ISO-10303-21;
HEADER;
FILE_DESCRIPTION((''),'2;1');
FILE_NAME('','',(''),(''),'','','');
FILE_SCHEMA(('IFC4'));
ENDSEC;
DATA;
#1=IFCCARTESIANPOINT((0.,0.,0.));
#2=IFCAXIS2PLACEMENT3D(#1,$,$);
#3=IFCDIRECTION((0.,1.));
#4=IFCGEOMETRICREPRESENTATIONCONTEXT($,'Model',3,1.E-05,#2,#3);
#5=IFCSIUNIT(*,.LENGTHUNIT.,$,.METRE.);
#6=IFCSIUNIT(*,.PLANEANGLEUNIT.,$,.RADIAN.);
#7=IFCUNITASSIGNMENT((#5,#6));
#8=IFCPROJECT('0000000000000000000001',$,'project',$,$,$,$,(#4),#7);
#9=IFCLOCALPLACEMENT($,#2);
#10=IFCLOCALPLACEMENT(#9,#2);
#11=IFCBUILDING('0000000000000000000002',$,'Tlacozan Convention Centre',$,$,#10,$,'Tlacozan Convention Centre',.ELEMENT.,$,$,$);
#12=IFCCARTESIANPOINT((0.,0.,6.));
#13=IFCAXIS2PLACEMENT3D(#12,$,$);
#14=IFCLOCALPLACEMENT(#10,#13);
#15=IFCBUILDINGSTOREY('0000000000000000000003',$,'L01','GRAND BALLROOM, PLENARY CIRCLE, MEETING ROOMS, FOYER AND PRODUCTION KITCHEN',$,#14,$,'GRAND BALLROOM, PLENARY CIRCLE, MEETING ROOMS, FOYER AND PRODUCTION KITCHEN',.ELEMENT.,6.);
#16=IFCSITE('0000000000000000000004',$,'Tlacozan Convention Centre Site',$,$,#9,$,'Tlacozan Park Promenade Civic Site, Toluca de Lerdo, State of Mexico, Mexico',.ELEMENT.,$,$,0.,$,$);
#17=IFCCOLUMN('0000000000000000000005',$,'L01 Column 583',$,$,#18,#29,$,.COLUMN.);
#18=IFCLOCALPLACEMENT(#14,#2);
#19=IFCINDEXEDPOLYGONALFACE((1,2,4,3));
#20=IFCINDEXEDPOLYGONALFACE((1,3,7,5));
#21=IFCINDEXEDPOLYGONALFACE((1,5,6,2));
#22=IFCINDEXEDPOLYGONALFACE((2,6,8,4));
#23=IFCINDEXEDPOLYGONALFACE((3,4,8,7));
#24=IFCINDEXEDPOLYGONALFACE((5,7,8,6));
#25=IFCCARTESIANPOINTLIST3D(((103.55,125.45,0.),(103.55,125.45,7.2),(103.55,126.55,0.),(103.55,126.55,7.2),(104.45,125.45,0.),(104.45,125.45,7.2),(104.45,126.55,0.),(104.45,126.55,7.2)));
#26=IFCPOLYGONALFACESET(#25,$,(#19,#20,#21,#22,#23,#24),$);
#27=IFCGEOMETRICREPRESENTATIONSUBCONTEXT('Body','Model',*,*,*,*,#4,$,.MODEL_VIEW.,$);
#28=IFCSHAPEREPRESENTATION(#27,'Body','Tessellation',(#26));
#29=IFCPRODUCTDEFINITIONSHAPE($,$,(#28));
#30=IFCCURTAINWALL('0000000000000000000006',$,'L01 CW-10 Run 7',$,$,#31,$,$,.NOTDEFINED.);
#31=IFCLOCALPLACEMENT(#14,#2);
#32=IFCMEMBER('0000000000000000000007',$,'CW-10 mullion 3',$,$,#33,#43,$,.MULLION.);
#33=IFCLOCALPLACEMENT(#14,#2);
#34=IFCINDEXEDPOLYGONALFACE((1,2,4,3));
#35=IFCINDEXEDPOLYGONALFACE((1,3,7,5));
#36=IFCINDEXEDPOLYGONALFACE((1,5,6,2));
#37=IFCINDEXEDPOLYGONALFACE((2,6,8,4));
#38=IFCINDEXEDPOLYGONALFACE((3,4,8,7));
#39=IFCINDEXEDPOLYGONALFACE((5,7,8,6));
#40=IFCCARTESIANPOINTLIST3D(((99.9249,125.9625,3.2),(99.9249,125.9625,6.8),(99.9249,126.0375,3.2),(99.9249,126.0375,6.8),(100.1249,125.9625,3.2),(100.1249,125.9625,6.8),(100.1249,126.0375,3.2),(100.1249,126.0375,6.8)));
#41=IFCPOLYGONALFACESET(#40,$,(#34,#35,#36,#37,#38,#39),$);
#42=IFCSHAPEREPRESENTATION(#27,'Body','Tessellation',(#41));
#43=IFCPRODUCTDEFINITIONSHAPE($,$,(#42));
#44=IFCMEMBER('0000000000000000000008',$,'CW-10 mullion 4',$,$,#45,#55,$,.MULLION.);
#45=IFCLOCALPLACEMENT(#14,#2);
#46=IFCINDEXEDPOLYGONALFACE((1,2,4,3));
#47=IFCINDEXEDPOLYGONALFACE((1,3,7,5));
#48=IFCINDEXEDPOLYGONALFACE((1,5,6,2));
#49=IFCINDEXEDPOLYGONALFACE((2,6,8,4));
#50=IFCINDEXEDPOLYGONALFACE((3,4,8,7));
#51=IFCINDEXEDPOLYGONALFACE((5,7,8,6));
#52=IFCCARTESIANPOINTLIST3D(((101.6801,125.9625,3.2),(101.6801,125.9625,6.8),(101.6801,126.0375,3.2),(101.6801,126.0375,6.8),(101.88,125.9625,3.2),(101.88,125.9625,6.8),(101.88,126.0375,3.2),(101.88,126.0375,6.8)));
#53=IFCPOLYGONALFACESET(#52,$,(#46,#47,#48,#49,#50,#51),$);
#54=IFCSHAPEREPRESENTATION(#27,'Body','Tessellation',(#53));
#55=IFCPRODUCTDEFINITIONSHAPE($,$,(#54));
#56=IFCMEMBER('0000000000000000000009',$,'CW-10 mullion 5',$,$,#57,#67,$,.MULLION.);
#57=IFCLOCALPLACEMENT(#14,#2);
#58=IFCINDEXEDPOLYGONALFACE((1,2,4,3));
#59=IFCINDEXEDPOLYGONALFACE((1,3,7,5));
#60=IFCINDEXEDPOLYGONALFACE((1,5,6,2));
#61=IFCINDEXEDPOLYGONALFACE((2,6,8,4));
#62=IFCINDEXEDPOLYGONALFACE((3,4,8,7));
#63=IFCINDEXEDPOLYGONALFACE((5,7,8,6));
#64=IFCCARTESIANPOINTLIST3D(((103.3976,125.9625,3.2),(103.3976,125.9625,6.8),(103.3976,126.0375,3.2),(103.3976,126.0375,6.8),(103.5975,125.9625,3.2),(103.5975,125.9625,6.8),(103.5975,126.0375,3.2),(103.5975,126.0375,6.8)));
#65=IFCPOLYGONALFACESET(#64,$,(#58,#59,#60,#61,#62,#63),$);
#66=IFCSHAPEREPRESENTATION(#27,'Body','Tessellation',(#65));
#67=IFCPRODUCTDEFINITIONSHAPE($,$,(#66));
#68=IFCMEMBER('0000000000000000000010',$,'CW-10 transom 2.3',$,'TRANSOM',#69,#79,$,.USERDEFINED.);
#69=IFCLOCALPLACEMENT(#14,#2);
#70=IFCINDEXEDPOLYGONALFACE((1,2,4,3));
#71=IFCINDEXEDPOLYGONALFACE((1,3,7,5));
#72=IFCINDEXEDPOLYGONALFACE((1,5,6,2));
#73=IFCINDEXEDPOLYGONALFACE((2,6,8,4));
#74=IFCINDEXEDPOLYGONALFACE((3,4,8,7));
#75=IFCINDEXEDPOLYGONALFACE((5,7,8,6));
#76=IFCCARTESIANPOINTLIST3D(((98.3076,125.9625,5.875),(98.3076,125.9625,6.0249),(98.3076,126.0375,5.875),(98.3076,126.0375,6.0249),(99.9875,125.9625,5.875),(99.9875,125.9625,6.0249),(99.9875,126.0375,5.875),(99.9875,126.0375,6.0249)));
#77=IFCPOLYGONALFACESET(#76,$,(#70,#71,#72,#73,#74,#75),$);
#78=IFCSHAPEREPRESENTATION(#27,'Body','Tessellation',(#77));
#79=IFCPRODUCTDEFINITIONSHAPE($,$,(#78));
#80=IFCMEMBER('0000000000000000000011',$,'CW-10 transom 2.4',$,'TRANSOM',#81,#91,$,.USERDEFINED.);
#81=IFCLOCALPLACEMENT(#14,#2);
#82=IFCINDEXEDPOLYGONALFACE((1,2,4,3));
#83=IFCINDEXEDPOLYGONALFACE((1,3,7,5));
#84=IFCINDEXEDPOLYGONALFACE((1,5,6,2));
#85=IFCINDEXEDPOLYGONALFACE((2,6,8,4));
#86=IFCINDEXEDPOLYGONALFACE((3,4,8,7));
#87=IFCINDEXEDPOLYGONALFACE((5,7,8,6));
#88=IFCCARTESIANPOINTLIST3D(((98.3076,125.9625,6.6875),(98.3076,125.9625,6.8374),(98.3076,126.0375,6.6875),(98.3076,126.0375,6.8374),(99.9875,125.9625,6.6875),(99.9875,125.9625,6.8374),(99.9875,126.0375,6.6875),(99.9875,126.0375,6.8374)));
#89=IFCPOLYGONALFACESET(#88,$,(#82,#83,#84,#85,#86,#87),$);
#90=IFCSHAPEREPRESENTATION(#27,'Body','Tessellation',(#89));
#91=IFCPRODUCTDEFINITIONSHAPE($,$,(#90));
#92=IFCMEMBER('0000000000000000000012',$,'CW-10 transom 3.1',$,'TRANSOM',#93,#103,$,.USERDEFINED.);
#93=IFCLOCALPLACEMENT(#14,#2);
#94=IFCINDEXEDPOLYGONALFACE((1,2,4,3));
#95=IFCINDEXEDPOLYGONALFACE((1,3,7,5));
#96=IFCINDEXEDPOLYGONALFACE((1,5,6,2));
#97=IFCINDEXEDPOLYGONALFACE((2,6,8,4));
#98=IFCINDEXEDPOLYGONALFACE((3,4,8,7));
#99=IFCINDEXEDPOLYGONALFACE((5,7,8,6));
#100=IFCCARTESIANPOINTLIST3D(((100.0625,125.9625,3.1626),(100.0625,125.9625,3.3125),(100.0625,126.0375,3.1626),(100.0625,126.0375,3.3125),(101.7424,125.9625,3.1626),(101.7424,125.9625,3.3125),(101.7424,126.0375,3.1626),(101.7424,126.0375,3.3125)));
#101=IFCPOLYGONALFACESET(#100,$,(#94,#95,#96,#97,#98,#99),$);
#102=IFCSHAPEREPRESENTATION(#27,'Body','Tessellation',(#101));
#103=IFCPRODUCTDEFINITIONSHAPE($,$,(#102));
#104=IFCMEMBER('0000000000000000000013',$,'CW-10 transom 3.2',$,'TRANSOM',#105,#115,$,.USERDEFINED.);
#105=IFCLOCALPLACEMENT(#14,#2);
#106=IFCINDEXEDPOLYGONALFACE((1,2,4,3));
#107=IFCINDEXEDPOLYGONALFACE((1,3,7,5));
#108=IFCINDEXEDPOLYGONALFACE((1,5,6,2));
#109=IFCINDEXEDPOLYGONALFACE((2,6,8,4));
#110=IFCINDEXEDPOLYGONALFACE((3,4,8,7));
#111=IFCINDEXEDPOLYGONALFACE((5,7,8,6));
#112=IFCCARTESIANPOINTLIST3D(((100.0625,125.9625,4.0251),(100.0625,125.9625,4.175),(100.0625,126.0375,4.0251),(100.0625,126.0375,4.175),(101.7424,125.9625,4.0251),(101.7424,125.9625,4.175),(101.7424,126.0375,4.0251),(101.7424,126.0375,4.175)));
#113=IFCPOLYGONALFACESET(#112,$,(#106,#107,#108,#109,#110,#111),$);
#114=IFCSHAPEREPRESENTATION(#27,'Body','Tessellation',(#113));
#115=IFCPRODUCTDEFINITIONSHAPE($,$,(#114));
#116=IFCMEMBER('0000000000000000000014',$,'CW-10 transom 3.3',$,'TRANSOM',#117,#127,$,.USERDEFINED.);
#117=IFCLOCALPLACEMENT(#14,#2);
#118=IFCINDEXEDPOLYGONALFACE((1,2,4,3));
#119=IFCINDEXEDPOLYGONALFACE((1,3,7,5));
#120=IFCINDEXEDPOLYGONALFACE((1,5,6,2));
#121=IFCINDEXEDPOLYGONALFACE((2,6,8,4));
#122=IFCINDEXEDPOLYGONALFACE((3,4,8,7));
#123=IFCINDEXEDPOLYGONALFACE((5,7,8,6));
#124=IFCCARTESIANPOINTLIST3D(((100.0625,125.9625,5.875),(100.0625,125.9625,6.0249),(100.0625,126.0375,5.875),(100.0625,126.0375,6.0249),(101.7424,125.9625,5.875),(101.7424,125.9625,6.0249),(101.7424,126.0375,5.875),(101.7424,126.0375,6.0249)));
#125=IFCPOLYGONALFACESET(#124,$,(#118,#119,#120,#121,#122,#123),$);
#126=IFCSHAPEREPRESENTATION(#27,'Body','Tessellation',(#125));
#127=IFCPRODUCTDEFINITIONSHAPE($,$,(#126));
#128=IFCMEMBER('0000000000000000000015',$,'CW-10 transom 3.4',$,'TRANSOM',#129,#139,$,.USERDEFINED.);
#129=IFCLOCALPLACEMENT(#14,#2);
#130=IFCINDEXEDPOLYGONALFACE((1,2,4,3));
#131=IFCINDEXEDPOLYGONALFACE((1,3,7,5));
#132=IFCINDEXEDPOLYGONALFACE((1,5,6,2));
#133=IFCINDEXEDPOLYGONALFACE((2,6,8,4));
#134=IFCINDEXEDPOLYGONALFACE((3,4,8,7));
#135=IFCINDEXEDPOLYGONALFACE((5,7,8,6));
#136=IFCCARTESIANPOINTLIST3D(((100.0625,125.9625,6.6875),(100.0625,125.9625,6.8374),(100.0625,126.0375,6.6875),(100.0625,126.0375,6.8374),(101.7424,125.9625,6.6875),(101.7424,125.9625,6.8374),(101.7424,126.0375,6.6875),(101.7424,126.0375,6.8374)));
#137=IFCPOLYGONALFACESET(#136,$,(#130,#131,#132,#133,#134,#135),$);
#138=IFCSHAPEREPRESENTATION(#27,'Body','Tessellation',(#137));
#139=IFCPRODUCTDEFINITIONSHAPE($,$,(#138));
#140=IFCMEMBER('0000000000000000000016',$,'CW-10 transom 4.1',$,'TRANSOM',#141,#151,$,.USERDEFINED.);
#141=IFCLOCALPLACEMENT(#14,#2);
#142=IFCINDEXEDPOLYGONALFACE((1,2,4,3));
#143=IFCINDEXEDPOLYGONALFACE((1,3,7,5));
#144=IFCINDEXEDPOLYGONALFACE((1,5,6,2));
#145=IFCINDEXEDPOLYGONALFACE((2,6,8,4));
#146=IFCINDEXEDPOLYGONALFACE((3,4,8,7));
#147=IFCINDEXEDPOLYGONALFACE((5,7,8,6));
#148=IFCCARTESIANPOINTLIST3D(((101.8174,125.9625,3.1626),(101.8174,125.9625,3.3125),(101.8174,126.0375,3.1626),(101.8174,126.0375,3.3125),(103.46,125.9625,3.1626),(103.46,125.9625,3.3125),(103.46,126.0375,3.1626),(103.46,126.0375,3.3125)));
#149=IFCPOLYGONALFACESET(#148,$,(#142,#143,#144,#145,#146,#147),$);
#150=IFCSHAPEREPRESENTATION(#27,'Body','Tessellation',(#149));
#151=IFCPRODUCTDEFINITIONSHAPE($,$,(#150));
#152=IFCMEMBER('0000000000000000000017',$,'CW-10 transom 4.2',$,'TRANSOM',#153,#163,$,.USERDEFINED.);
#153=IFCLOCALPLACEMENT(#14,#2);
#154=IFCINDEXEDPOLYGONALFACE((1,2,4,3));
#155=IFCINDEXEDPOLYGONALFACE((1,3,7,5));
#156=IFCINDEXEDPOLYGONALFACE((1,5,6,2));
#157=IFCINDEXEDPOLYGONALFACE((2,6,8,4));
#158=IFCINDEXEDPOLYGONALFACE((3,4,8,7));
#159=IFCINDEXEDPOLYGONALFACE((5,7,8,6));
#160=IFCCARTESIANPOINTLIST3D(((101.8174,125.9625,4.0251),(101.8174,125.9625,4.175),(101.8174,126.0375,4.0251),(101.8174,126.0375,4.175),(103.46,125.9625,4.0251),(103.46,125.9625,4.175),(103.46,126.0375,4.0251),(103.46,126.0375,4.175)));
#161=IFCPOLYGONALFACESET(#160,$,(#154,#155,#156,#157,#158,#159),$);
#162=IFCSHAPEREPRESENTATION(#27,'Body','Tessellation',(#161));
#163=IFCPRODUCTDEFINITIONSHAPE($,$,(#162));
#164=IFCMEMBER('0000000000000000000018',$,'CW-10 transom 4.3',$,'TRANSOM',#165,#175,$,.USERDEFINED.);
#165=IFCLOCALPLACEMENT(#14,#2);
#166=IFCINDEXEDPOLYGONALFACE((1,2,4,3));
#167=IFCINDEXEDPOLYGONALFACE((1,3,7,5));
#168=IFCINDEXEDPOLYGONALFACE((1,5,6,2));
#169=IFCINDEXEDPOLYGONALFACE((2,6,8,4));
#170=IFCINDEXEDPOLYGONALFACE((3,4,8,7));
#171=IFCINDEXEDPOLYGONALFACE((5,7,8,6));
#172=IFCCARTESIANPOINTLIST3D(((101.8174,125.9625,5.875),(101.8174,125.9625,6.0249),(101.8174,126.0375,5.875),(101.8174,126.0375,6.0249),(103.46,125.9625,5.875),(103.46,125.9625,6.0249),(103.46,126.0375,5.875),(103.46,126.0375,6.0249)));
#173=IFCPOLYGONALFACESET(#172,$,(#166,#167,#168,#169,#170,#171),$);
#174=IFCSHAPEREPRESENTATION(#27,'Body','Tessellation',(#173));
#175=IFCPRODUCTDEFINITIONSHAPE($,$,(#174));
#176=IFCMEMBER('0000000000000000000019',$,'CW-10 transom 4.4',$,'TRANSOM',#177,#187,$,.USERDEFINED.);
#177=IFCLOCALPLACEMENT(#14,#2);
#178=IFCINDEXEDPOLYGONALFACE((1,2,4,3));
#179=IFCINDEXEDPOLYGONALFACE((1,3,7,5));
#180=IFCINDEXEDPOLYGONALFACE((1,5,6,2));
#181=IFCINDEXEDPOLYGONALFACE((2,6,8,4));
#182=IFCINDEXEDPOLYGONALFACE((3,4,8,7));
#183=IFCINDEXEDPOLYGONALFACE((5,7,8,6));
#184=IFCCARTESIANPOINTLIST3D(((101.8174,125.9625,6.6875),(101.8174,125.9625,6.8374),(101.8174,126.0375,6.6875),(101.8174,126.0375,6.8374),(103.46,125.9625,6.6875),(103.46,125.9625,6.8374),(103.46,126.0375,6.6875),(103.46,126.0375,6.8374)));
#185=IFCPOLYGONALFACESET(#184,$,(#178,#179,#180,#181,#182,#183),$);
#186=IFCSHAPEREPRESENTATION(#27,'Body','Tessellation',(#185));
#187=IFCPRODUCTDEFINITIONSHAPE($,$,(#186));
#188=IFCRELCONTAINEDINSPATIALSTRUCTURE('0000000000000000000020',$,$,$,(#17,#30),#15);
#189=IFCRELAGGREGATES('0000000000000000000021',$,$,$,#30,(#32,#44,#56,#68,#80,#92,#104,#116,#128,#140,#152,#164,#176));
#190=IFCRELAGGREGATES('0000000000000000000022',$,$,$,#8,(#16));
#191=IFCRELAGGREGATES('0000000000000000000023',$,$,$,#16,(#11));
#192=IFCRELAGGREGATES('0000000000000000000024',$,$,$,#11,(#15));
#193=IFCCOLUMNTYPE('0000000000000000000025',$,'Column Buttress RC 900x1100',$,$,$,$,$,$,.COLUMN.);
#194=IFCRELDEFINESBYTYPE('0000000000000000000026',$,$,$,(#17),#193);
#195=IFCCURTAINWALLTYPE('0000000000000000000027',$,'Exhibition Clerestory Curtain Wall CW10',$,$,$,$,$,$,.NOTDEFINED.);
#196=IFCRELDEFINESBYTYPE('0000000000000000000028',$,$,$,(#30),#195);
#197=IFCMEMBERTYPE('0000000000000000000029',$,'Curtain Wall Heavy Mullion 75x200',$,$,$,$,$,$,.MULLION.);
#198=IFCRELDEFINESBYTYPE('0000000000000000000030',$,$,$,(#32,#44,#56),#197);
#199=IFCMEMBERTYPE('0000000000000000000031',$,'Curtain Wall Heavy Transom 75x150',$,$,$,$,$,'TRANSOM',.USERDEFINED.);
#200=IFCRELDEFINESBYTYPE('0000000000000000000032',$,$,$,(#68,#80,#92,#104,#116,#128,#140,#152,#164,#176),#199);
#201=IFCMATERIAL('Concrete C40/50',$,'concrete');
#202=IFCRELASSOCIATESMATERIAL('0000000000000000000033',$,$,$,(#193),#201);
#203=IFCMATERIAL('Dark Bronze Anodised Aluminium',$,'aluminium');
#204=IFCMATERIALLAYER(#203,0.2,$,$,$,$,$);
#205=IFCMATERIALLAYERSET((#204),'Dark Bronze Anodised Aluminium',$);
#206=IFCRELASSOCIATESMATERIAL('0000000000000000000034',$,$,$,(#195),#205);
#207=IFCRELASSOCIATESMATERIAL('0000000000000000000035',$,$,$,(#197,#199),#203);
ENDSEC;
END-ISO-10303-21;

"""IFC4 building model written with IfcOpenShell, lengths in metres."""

from ifc_helpers import new_model, si_unit, direction, frame, origin, origin_2d, place, context, subcontext, project, spatial, rectangle, extrude, material, layer, layer_set, material_profile, profile_set, type_object, element, aggregate, save


model = new_model("IFC4")

# Units and contexts
model_context = context("Model", 3, precision=1e-05, world=origin(), true_north=direction((0.0, 1.0)))
body_context = subcontext(model_context, "Body", "Model", "MODEL_VIEW")
ifc_project = project(units=[si_unit("LENGTHUNIT", "METRE"), si_unit("PLANEANGLEUNIT", "RADIAN")], contexts=[model_context])

# Site, building, storey
site_placement = place(None, origin())
site = spatial("IfcSite", under=ifc_project, at=site_placement, Name="Tlacozan Convention Centre Site", LongName="Tlacozan Park Promenade Civic Site, Toluca de Lerdo, State of Mexico, Mexico", CompositionType="ELEMENT", RefElevation=0.0)
building_placement = place(site_placement, origin())
building = spatial("IfcBuilding", under=site, at=building_placement, Name="Tlacozan Convention Centre", LongName="Tlacozan Convention Centre", CompositionType="ELEMENT")
storey_placement = place(building_placement, frame((0.0, 0.0, 6.0)))
storey = spatial("IfcBuildingStorey", under=building, at=storey_placement, Name="L01", Description="GRAND BALLROOM, PLENARY CIRCLE, MEETING ROOMS, FOYER AND PRODUCTION KITCHEN", LongName="GRAND BALLROOM, PLENARY CIRCLE, MEETING ROOMS, FOYER AND PRODUCTION KITCHEN", CompositionType="ELEMENT", Elevation=6.0)

# Column
ifc_material_1 = material(Name="Concrete C40/50", Category="concrete")
ifc_material_profile_1 = material_profile(ifc_material_1, rectangle(XDim=0.8999, YDim=1.1001, at=origin_2d()), Name="RC 900x1100")
ifc_profile_set_1 = profile_set([ifc_material_profile_1], Name="Concrete C40/50")
column_type = type_object("IfcColumnType", Name="Column Buttress RC 900x1100", PredefinedType="COLUMN", material=ifc_profile_set_1)
column_placement = place(storey_placement, frame((104.0, 126.0, 0.0), z_axis=(0.0, 0.0, 1.0), x_axis=(1.0, 0.0, 0.0)))
element("IfcColumn", 1, at=column_placement, inside=storey, type_object=column_type, Name="L01 Column 583", PredefinedType="COLUMN", context=body_context, shape_type="SweptSolid", body=[
    extrude(rectangle(XDim=0.8999, YDim=1.1001, at=origin_2d()), origin(), (0.0, 0.0, 1.0), 7.2),
])

# Curtain wall, members
ifc_material_2 = material(Name="Dark Bronze Anodised Aluminium", Category="aluminium")
ifc_layer_1 = layer(ifc_material_2, 0.2)
ifc_layer_set_1 = layer_set([ifc_layer_1], Name="Dark Bronze Anodised Aluminium")
curtain_wall_type = type_object("IfcCurtainWallType", Name="Exhibition Clerestory Curtain Wall CW10", PredefinedType="NOTDEFINED", material=ifc_layer_set_1)
curtain_wall_placement = place(storey_placement, origin())
curtain_wall = element("IfcCurtainWall", 2, at=curtain_wall_placement, inside=storey, type_object=curtain_wall_type, Name="L01 CW-10 Run 7", PredefinedType="NOTDEFINED")
ifc_material_profile_2 = material_profile(ifc_material_2, rectangle(XDim=0.075, YDim=0.2, at=origin_2d()), Name="ALU 75x200")
ifc_profile_set_2 = profile_set([ifc_material_profile_2], Name="Dark Bronze Anodised Aluminium")
member_type_1 = type_object("IfcMemberType", Name="Curtain Wall Heavy Mullion 75x200", PredefinedType="MULLION", material=ifc_profile_set_2)
member_1_placement = place(storey_placement, frame((100.0249, 126.0, 3.2), z_axis=(0.0, 0.0, 1.0), x_axis=(0.0, 1.0, 0.0)))
member_1 = element("IfcMember", 3, at=member_1_placement, type_object=member_type_1, Name="CW-10 mullion 3", PredefinedType="MULLION", context=body_context, shape_type="SweptSolid", body=[
    extrude(rectangle(XDim=0.075, YDim=0.2, at=origin_2d()), origin(), (0.0, 0.0, 1.0), 3.6001),
])
member_2_placement = place(storey_placement, frame((101.78, 126.0, 3.2), z_axis=(0.0, 0.0, 1.0), x_axis=(0.0, 1.0, 0.0)))
member_2 = element("IfcMember", 4, at=member_2_placement, type_object=member_type_1, Name="CW-10 mullion 4", PredefinedType="MULLION", context=body_context, shape_type="SweptSolid", body=[
    extrude(rectangle(XDim=0.075, YDim=0.2, at=origin_2d()), origin(), (0.0, 0.0, 1.0), 3.6001),
])
member_3_placement = place(storey_placement, frame((103.4976, 126.0, 3.2), z_axis=(0.0, 0.0, 1.0), x_axis=(0.0, 1.0, 0.0)))
member_3 = element("IfcMember", 5, at=member_3_placement, type_object=member_type_1, Name="CW-10 mullion 5", PredefinedType="MULLION", context=body_context, shape_type="SweptSolid", body=[
    extrude(rectangle(XDim=0.075, YDim=0.2, at=origin_2d()), origin(), (0.0, 0.0, 1.0), 3.6001),
])
ifc_material_profile_3 = material_profile(ifc_material_2, rectangle(XDim=0.075, YDim=0.1499, at=origin_2d()), Name="ALU 75x150")
ifc_profile_set_3 = profile_set([ifc_material_profile_3], Name="Dark Bronze Anodised Aluminium")
member_type_2 = type_object("IfcMemberType", Name="Curtain Wall Heavy Transom 75x150", ElementType="TRANSOM", PredefinedType="USERDEFINED", material=ifc_profile_set_3)
member_4_placement = place(storey_placement, frame((98.3076, 126.0, 5.95), z_axis=(1.0, 0.0, 0.0), x_axis=(0.0, 1.0, 0.0)))
member_4 = element("IfcMember", 6, at=member_4_placement, type_object=member_type_2, Name="CW-10 transom 2.3", ObjectType="TRANSOM", PredefinedType="USERDEFINED", context=body_context, shape_type="SweptSolid", body=[
    extrude(rectangle(XDim=0.075, YDim=0.1499, at=origin_2d()), origin(), (0.0, 0.0, 1.0), 1.6799),
])
member_5_placement = place(storey_placement, frame((98.3076, 126.0, 6.7625), z_axis=(1.0, 0.0, 0.0), x_axis=(0.0, 1.0, 0.0)))
member_5 = element("IfcMember", 7, at=member_5_placement, type_object=member_type_2, Name="CW-10 transom 2.4", ObjectType="TRANSOM", PredefinedType="USERDEFINED", context=body_context, shape_type="SweptSolid", body=[
    extrude(rectangle(XDim=0.075, YDim=0.1499, at=origin_2d()), origin(), (0.0, 0.0, 1.0), 1.6799),
])
member_6_placement = place(storey_placement, frame((100.0625, 126.0, 3.2375), z_axis=(1.0, 0.0, 0.0), x_axis=(0.0, 1.0, 0.0)))
member_6 = element("IfcMember", 8, at=member_6_placement, type_object=member_type_2, Name="CW-10 transom 3.1", ObjectType="TRANSOM", PredefinedType="USERDEFINED", context=body_context, shape_type="SweptSolid", body=[
    extrude(rectangle(XDim=0.075, YDim=0.1499, at=origin_2d()), origin(), (0.0, 0.0, 1.0), 1.6799),
])
member_7_placement = place(storey_placement, frame((100.0625, 126.0, 4.1001), z_axis=(1.0, 0.0, 0.0), x_axis=(0.0, 1.0, 0.0)))
member_7 = element("IfcMember", 9, at=member_7_placement, type_object=member_type_2, Name="CW-10 transom 3.2", ObjectType="TRANSOM", PredefinedType="USERDEFINED", context=body_context, shape_type="SweptSolid", body=[
    extrude(rectangle(XDim=0.075, YDim=0.1499, at=origin_2d()), origin(), (0.0, 0.0, 1.0), 1.6799),
])
member_8_placement = place(storey_placement, frame((100.0625, 126.0, 5.95), z_axis=(1.0, 0.0, 0.0), x_axis=(0.0, 1.0, 0.0)))
member_8 = element("IfcMember", 10, at=member_8_placement, type_object=member_type_2, Name="CW-10 transom 3.3", ObjectType="TRANSOM", PredefinedType="USERDEFINED", context=body_context, shape_type="SweptSolid", body=[
    extrude(rectangle(XDim=0.075, YDim=0.1499, at=origin_2d()), origin(), (0.0, 0.0, 1.0), 1.6799),
])
member_9_placement = place(storey_placement, frame((100.0625, 126.0, 6.7625), z_axis=(1.0, 0.0, 0.0), x_axis=(0.0, 1.0, 0.0)))
member_9 = element("IfcMember", 11, at=member_9_placement, type_object=member_type_2, Name="CW-10 transom 3.4", ObjectType="TRANSOM", PredefinedType="USERDEFINED", context=body_context, shape_type="SweptSolid", body=[
    extrude(rectangle(XDim=0.075, YDim=0.1499, at=origin_2d()), origin(), (0.0, 0.0, 1.0), 1.6799),
])
member_10_placement = place(storey_placement, frame((101.8174, 126.0, 3.2375), z_axis=(1.0, 0.0, 0.0), x_axis=(0.0, 1.0, 0.0)))
member_10 = element("IfcMember", 12, at=member_10_placement, type_object=member_type_2, Name="CW-10 transom 4.1", ObjectType="TRANSOM", PredefinedType="USERDEFINED", context=body_context, shape_type="SweptSolid", body=[
    extrude(rectangle(XDim=0.075, YDim=0.1499, at=origin_2d()), origin(), (0.0, 0.0, 1.0), 1.6426),
])
member_11_placement = place(storey_placement, frame((101.8174, 126.0, 4.1001), z_axis=(1.0, 0.0, 0.0), x_axis=(0.0, 1.0, 0.0)))
member_11 = element("IfcMember", 13, at=member_11_placement, type_object=member_type_2, Name="CW-10 transom 4.2", ObjectType="TRANSOM", PredefinedType="USERDEFINED", context=body_context, shape_type="SweptSolid", body=[
    extrude(rectangle(XDim=0.075, YDim=0.1499, at=origin_2d()), origin(), (0.0, 0.0, 1.0), 1.6426),
])
member_12_placement = place(storey_placement, frame((101.8174, 126.0, 5.95), z_axis=(1.0, 0.0, 0.0), x_axis=(0.0, 1.0, 0.0)))
member_12 = element("IfcMember", 14, at=member_12_placement, type_object=member_type_2, Name="CW-10 transom 4.3", ObjectType="TRANSOM", PredefinedType="USERDEFINED", context=body_context, shape_type="SweptSolid", body=[
    extrude(rectangle(XDim=0.075, YDim=0.1499, at=origin_2d()), origin(), (0.0, 0.0, 1.0), 1.6426),
])
member_13_placement = place(storey_placement, frame((101.8174, 126.0, 6.7625), z_axis=(1.0, 0.0, 0.0), x_axis=(0.0, 1.0, 0.0)))
member_13 = element("IfcMember", 15, at=member_13_placement, type_object=member_type_2, Name="CW-10 transom 4.4", ObjectType="TRANSOM", PredefinedType="USERDEFINED", context=body_context, shape_type="SweptSolid", body=[
    extrude(rectangle(XDim=0.075, YDim=0.1499, at=origin_2d()), origin(), (0.0, 0.0, 1.0), 1.6426),
])
aggregate(curtain_wall, [member_1, member_2, member_3, member_4, member_5, member_6, member_7, member_8, member_9, member_10, member_11, member_12, member_13])

save(model, "model.ifc")
